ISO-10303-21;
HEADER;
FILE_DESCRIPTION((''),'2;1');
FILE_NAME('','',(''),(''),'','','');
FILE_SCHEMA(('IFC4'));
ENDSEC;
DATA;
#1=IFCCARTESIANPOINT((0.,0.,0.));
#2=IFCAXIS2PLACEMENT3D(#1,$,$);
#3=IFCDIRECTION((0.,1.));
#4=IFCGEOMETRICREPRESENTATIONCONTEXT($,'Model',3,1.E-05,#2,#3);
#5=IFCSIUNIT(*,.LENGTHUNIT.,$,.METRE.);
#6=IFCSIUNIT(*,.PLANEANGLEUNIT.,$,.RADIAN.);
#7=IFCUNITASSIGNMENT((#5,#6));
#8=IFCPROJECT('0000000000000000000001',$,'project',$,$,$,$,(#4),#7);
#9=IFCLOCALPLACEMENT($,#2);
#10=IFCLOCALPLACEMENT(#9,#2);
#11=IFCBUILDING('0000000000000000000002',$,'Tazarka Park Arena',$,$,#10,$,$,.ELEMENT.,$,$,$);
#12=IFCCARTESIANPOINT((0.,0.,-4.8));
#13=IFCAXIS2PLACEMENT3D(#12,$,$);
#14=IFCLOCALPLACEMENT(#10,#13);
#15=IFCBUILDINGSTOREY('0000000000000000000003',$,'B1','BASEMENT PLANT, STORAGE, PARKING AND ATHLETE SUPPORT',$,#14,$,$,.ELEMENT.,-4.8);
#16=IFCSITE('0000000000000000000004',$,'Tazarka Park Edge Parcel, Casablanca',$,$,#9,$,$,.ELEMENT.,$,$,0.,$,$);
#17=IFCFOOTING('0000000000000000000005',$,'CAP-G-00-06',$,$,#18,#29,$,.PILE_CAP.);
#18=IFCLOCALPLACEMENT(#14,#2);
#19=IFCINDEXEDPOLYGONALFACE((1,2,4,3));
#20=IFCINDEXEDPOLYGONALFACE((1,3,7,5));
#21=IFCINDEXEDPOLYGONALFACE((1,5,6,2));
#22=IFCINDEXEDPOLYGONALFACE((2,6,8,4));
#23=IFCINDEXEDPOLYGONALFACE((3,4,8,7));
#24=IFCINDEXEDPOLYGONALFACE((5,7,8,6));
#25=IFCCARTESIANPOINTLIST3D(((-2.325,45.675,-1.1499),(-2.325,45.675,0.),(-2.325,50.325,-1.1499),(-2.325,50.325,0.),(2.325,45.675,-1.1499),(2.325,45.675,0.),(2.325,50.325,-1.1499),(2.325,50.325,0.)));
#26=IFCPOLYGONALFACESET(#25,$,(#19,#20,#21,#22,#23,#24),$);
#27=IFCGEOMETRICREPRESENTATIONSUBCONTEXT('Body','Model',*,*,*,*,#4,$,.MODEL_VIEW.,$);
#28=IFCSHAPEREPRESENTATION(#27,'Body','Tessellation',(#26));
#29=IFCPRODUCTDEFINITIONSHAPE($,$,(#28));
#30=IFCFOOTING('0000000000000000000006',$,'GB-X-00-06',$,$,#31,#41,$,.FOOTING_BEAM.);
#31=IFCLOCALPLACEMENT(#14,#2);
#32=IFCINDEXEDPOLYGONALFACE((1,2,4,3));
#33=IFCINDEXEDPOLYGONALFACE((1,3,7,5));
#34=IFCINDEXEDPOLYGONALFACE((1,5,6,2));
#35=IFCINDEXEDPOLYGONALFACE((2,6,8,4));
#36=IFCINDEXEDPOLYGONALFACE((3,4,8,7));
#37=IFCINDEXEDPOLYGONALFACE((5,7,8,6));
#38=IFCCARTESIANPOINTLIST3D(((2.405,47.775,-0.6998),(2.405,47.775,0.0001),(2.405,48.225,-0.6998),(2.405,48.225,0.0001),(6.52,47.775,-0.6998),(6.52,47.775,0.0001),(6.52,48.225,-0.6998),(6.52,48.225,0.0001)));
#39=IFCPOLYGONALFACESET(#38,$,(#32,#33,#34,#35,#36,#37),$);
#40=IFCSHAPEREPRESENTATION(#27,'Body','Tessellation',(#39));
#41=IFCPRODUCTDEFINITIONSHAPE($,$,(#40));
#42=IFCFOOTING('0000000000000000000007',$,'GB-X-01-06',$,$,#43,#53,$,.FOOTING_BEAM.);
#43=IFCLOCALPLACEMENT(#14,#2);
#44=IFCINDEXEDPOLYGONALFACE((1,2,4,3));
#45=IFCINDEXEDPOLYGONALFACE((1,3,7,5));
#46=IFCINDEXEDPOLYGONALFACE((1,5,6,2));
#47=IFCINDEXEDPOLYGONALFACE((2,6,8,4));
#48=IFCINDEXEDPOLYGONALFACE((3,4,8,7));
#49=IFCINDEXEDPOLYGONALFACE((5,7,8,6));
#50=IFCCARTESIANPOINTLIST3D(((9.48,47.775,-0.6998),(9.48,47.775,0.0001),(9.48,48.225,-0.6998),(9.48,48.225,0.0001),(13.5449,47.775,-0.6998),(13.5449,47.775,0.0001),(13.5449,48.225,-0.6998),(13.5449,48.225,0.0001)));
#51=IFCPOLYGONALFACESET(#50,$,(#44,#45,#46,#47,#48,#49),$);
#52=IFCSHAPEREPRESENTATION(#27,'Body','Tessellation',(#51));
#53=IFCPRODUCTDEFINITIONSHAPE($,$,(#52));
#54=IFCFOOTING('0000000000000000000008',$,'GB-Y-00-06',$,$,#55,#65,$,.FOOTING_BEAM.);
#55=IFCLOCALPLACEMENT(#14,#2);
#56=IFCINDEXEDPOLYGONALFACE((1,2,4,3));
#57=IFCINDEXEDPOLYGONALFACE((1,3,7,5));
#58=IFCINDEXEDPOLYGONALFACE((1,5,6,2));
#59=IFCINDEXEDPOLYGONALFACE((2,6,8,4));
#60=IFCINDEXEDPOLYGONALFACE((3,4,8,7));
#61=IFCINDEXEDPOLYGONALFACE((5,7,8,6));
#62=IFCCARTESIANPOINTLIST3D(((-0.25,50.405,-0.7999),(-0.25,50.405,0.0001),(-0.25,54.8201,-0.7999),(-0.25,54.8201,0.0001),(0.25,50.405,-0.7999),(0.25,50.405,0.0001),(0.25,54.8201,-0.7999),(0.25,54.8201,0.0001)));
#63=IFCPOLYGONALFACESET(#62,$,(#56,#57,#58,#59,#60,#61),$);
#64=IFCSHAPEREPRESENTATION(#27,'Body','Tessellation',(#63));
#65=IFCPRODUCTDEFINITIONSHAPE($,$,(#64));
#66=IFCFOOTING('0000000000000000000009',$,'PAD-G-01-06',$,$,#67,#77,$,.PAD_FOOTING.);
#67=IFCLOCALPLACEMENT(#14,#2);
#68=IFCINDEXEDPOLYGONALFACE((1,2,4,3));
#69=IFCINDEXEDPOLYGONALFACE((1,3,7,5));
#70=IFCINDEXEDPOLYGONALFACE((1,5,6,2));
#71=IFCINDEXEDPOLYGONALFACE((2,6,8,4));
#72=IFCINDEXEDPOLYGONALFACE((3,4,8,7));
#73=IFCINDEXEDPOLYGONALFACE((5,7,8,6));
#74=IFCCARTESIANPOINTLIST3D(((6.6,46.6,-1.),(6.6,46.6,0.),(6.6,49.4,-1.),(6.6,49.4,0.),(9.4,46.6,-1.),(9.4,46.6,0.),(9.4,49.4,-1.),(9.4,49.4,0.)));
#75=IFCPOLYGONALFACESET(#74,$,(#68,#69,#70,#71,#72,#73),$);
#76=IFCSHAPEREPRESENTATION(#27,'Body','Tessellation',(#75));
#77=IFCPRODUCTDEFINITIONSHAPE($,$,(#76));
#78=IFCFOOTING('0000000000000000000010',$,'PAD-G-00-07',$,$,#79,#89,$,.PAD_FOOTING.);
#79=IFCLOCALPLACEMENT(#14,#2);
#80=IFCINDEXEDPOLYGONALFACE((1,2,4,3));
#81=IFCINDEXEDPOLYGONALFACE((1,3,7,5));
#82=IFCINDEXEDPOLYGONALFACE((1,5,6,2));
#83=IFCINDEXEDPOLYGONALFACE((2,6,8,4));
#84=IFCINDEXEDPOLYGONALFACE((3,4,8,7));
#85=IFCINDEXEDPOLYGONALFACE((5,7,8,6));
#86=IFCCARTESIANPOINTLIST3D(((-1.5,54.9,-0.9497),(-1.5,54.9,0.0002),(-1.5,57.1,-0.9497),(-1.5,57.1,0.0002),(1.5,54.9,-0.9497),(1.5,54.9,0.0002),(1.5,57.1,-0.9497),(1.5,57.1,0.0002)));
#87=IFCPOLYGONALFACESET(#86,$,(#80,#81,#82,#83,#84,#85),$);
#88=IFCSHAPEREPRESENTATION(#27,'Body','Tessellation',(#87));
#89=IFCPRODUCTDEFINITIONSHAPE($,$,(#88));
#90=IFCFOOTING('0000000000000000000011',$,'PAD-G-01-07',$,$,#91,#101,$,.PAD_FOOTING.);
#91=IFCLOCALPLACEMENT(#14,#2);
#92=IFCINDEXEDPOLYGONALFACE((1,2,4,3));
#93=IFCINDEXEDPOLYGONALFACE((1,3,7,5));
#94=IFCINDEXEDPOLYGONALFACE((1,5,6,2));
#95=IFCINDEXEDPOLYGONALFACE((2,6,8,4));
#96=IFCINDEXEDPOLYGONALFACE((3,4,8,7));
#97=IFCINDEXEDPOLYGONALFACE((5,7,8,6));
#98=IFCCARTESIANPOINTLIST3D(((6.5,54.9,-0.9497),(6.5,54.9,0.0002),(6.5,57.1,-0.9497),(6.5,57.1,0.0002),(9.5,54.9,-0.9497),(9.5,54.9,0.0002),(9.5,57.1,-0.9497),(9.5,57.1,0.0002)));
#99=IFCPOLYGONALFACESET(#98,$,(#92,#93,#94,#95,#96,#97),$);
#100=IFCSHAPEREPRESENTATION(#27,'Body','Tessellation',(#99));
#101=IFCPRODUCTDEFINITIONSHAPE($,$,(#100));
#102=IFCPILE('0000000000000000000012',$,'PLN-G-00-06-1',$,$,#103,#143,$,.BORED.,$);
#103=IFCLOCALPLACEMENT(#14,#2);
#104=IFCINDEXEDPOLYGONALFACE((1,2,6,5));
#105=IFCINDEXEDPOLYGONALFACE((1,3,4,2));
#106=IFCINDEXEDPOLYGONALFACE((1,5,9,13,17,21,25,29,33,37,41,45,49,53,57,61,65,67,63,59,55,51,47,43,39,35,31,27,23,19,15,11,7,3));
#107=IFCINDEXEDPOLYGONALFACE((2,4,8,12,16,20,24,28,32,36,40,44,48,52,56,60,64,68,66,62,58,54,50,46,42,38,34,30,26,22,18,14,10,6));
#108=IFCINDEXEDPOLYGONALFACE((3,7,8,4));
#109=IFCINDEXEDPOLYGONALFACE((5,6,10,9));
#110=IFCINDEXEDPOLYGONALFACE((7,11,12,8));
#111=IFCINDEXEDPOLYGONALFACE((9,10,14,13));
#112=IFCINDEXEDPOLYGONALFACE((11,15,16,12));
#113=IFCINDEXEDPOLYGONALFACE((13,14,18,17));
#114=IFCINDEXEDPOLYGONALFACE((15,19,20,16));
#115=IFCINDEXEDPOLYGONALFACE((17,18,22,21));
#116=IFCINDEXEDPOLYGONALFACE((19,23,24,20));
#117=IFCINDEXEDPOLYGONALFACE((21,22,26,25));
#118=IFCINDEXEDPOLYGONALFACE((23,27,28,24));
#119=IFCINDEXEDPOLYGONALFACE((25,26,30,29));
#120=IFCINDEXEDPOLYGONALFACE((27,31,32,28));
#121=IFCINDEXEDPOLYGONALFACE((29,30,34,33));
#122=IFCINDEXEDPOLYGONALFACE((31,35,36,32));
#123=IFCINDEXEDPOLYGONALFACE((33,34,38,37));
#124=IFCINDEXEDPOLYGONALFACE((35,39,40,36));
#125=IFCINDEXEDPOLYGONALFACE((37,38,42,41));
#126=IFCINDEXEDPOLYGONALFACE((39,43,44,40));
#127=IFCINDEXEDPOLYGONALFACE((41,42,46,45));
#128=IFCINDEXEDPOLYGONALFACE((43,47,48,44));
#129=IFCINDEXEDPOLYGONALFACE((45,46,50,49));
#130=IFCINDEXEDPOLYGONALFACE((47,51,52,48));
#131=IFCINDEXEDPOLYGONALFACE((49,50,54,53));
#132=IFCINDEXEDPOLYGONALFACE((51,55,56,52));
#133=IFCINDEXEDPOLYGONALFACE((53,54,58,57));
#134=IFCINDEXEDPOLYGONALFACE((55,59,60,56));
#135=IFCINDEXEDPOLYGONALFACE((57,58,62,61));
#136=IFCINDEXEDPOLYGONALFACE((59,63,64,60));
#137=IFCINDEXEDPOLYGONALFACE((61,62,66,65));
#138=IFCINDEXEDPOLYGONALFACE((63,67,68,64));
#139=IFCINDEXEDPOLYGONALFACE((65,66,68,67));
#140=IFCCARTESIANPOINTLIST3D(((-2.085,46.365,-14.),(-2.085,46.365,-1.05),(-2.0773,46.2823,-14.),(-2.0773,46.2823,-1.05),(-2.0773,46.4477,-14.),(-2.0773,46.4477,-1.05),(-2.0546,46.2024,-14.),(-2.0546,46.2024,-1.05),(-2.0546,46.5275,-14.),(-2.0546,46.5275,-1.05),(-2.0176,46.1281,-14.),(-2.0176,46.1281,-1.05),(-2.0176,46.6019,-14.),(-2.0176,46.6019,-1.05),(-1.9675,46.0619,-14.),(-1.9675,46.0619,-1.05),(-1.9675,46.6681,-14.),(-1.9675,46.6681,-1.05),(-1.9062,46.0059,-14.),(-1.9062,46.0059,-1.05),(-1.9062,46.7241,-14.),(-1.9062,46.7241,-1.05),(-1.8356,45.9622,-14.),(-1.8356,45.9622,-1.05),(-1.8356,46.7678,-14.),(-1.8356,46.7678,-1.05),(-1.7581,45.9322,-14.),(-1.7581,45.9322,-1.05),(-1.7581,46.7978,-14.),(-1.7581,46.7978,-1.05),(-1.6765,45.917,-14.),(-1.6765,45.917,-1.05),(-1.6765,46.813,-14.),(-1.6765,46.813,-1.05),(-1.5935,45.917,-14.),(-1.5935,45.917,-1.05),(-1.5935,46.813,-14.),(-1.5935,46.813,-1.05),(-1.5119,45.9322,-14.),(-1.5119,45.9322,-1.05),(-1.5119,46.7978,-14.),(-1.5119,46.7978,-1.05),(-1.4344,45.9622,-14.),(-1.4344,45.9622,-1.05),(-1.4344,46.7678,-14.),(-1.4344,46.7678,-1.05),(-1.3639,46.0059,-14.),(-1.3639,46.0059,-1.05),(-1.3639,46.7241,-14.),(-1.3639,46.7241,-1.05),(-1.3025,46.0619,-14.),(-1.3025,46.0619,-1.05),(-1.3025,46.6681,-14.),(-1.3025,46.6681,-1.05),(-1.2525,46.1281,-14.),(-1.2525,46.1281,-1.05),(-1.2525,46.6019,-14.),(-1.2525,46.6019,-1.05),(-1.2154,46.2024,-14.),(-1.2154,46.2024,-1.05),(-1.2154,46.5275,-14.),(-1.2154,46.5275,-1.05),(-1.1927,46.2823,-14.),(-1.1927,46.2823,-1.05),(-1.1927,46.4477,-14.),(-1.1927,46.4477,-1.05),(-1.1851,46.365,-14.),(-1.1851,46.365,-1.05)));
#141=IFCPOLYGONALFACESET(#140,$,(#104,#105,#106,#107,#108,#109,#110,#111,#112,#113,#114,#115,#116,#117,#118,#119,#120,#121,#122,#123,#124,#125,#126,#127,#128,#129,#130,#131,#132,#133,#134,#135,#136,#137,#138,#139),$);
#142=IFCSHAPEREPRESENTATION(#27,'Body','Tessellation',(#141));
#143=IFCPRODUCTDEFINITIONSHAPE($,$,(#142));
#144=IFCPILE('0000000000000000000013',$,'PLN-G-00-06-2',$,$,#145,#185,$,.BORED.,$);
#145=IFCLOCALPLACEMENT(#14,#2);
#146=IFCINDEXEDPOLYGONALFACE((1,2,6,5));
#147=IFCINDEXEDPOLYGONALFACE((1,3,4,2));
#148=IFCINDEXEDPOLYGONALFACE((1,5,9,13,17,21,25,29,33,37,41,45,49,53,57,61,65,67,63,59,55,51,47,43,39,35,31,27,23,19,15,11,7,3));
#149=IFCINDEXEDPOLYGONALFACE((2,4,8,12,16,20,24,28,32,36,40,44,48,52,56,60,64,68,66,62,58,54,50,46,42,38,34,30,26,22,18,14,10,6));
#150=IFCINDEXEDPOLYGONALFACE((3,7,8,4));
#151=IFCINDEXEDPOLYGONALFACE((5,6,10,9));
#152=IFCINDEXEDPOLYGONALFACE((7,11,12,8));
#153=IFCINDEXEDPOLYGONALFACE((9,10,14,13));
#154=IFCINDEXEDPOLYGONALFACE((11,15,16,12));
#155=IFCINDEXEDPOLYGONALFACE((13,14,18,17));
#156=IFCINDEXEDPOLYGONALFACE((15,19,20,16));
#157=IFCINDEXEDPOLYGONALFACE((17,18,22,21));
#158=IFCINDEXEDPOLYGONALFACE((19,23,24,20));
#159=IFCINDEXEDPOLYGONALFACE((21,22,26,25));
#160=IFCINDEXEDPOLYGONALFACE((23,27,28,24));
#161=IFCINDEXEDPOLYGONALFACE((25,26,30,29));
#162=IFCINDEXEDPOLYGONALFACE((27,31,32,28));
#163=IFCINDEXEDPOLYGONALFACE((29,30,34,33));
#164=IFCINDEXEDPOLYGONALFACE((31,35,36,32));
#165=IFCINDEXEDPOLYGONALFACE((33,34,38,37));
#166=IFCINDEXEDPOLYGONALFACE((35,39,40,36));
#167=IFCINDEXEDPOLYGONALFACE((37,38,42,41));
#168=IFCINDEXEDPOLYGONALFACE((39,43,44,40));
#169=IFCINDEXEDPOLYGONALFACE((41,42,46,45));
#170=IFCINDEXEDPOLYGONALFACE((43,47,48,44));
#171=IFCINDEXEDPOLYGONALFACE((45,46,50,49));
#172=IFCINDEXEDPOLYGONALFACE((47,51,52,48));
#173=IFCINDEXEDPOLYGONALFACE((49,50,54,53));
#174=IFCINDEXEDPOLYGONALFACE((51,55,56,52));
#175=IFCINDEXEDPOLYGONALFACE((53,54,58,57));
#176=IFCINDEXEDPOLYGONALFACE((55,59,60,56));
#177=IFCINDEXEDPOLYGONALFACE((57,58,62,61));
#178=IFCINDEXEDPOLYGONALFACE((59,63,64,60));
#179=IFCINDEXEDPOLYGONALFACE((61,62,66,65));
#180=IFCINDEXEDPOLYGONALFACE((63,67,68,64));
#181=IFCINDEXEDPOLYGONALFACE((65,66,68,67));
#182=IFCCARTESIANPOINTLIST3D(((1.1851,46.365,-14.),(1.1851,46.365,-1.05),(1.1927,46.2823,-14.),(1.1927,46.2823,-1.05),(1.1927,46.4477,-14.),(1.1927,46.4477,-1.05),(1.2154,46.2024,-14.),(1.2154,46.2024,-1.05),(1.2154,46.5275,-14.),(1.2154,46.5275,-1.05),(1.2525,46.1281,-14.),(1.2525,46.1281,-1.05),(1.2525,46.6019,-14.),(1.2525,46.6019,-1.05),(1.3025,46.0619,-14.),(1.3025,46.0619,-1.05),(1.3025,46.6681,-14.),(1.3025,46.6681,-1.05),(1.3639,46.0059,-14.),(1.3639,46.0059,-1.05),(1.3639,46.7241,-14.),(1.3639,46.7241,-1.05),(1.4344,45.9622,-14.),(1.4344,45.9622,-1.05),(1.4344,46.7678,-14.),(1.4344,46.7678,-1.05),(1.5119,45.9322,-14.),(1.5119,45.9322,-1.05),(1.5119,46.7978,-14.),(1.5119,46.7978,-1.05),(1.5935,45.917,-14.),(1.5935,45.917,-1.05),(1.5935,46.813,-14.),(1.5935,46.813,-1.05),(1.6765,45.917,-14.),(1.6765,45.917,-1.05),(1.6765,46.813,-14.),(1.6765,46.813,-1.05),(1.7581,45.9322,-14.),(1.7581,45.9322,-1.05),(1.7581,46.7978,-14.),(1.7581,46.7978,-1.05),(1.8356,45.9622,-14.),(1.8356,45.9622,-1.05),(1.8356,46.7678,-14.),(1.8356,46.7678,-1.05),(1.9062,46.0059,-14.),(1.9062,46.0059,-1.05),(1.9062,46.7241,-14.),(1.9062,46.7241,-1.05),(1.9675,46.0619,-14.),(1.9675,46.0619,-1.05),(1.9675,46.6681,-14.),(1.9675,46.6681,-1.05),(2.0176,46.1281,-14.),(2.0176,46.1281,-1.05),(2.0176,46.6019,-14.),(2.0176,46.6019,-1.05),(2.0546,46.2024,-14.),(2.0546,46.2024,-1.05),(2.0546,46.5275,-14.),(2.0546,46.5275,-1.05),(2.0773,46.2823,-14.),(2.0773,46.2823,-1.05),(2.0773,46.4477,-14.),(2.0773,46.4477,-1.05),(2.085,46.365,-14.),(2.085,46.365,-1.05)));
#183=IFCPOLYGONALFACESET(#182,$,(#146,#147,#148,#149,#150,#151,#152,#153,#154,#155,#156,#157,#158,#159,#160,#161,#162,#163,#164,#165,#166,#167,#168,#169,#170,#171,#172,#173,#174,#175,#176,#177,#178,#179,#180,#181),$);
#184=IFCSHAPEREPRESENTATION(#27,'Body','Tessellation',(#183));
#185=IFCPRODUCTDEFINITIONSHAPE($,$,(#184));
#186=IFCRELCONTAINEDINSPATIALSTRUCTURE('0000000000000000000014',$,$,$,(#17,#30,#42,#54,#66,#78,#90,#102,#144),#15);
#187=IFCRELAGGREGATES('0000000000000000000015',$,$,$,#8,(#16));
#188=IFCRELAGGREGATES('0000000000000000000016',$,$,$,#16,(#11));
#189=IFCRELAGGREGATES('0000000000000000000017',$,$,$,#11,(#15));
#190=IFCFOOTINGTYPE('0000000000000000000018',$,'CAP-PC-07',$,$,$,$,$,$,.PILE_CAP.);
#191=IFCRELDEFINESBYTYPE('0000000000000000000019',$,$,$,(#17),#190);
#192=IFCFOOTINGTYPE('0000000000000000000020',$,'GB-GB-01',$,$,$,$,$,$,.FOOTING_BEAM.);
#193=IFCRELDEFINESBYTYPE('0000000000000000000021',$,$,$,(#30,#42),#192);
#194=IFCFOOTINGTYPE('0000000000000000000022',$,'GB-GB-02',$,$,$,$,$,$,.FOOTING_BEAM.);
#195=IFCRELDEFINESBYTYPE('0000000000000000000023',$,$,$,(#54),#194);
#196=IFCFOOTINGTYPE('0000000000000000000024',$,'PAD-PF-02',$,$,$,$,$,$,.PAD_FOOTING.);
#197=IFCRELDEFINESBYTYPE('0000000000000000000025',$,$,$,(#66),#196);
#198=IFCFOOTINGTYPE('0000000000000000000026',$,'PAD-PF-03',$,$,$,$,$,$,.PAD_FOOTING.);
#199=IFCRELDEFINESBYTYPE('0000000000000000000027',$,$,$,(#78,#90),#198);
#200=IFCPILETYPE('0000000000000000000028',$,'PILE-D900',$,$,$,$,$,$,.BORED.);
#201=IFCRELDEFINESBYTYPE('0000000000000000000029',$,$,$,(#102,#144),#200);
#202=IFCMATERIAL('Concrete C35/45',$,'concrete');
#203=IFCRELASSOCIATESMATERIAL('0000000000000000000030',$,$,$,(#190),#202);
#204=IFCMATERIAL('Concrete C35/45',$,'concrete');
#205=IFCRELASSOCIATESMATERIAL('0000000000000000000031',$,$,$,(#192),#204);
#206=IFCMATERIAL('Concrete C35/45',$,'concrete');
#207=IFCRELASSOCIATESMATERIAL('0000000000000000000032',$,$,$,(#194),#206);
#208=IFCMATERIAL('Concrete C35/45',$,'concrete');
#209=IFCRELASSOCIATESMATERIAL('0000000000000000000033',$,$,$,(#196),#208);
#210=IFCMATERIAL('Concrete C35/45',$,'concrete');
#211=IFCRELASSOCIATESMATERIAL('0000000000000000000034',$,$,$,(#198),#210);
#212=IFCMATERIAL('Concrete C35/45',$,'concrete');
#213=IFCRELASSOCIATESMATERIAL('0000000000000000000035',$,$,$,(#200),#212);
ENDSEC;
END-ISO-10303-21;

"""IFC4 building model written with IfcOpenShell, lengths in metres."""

from ifc_helpers import new_model, si_unit, direction, frame, origin, origin_2d, place, context, subcontext, project, spatial, rectangle, circle, extrude, material, material_profile, profile_set, type_object, element, save


model = new_model("IFC4")

# Units and contexts
model_context = context("Model", 3, precision=1e-05, world=origin(), true_north=direction((0.0, 1.0)))
body_context = subcontext(model_context, "Body", "Model", "MODEL_VIEW")
ifc_project = project(units=[si_unit("LENGTHUNIT", "METRE"), si_unit("PLANEANGLEUNIT", "RADIAN")], contexts=[model_context])

# Site, building, storey
site_placement = place(None, origin())
site = spatial("IfcSite", under=ifc_project, at=site_placement, Name="Tazarka Park Edge Parcel, Casablanca", CompositionType="ELEMENT", RefElevation=0.0)
building_placement = place(site_placement, origin())
building = spatial("IfcBuilding", under=site, at=building_placement, Name="Tazarka Park Arena", CompositionType="ELEMENT")
storey_placement = place(building_placement, frame((0.0, 0.0, -4.8)))
storey = spatial("IfcBuildingStorey", under=building, at=storey_placement, Name="B1", Description="BASEMENT PLANT, STORAGE, PARKING AND ATHLETE SUPPORT", CompositionType="ELEMENT", Elevation=-4.8)

# Footings
ifc_material_1 = material(Name="Concrete C35/45", Category="concrete")
footing_type_1 = type_object("IfcFootingType", Name="CAP-PC-07", PredefinedType="PILE_CAP", material=ifc_material_1)
footing_1_placement = place(storey_placement, frame((0.0, 48.0, -1.1499), z_axis=(0.0, 0.0, 1.0), x_axis=(1.0, 0.0, 0.0)))
element("IfcFooting", 1, at=footing_1_placement, inside=storey, type_object=footing_type_1, Name="CAP-G-00-06", PredefinedType="PILE_CAP", context=body_context, shape_type="SweptSolid", body=[
    extrude(rectangle(XDim=4.6499, YDim=4.6499, at=origin_2d()), origin(), (0.0, 0.0, 1.0), 1.1499),
])
ifc_material_2 = material(Name="Concrete C35/45", Category="concrete")
ifc_material_profile_1 = material_profile(ifc_material_2, rectangle(XDim=0.45, YDim=0.7, at=origin_2d()), Name="Concrete C35/45")
ifc_profile_set_1 = profile_set([ifc_material_profile_1], Name="Concrete C35/45")
footing_type_2 = type_object("IfcFootingType", Name="GB-GB-01", PredefinedType="FOOTING_BEAM", material=ifc_profile_set_1)
footing_2_placement = place(storey_placement, frame((2.405, 48.0, -0.3499), z_axis=(1.0, 0.0, 0.0), x_axis=(0.0, 1.0, 0.0)))
element("IfcFooting", 2, at=footing_2_placement, inside=storey, type_object=footing_type_2, Name="GB-X-00-06", PredefinedType="FOOTING_BEAM", context=body_context, shape_type="SweptSolid", body=[
    extrude(rectangle(XDim=0.45, YDim=0.7, at=origin_2d()), origin(), (0.0, 0.0, 1.0), 4.115),
])
footing_3_placement = place(storey_placement, frame((9.48, 48.0, -0.3499), z_axis=(1.0, 0.0, 0.0), x_axis=(0.0, 1.0, 0.0)))
element("IfcFooting", 3, at=footing_3_placement, inside=storey, type_object=footing_type_2, Name="GB-X-01-06", PredefinedType="FOOTING_BEAM", context=body_context, shape_type="SweptSolid", body=[
    extrude(rectangle(XDim=0.45, YDim=0.7, at=origin_2d()), origin(), (0.0, 0.0, 1.0), 4.0649),
])
ifc_material_3 = material(Name="Concrete C35/45", Category="concrete")
ifc_material_profile_2 = material_profile(ifc_material_3, rectangle(XDim=0.5, YDim=0.8, at=origin_2d()), Name="Concrete C35/45")
ifc_profile_set_2 = profile_set([ifc_material_profile_2], Name="Concrete C35/45")
footing_type_3 = type_object("IfcFootingType", Name="GB-GB-02", PredefinedType="FOOTING_BEAM", material=ifc_profile_set_2)
footing_4_placement = place(storey_placement, frame((0.0, 50.405, -0.3999), z_axis=(0.0, 1.0, 0.0), x_axis=(-1.0, 0.0, 0.0)))
element("IfcFooting", 4, at=footing_4_placement, inside=storey, type_object=footing_type_3, Name="GB-Y-00-06", PredefinedType="FOOTING_BEAM", context=body_context, shape_type="SweptSolid", body=[
    extrude(rectangle(XDim=0.5, YDim=0.8, at=origin_2d()), origin(), (0.0, 0.0, 1.0), 4.415),
])
ifc_material_4 = material(Name="Concrete C35/45", Category="concrete")
footing_type_4 = type_object("IfcFootingType", Name="PAD-PF-02", PredefinedType="PAD_FOOTING", material=ifc_material_4)
footing_5_placement = place(storey_placement, frame((8.0, 48.0, -1.0), z_axis=(0.0, 0.0, 1.0), x_axis=(1.0, 0.0, 0.0)))
element("IfcFooting", 5, at=footing_5_placement, inside=storey, type_object=footing_type_4, Name="PAD-G-01-06", PredefinedType="PAD_FOOTING", context=body_context, shape_type="SweptSolid", body=[
    extrude(rectangle(XDim=2.8, YDim=2.8, at=origin_2d()), origin(), (0.0, 0.0, 1.0), 1.0),
])
ifc_material_5 = material(Name="Concrete C35/45", Category="concrete")
footing_type_5 = type_object("IfcFootingType", Name="PAD-PF-03", PredefinedType="PAD_FOOTING", material=ifc_material_5)
for number, where, z_axis, x_axis, name in (
    (6, (0.0, 56.0, -0.9497), (0.0, 0.0, 1.0), (1.0, 0.0, 0.0), "PAD-G-00-07"),
    (7, (8.0, 56.0, -0.9497), (0.0, 0.0, 1.0), (1.0, 0.0, 0.0), "PAD-G-01-07"),
):
    element("IfcFooting", number, at=place(storey_placement, frame(where, z_axis=z_axis, x_axis=x_axis)), inside=storey, type_object=footing_type_5, Name=name, PredefinedType="PAD_FOOTING", context=body_context, shape_type="SweptSolid", body=[
        extrude(rectangle(XDim=3.0, YDim=2.2, at=origin_2d()), origin(), (0.0, 0.0, 1.0), 0.95),
    ])

# Piles
ifc_material_6 = material(Name="Concrete C35/45", Category="concrete")
ifc_material_profile_3 = material_profile(ifc_material_6, circle(Radius=0.45, at=origin_2d()), Name="Concrete C35/45")
ifc_profile_set_3 = profile_set([ifc_material_profile_3], Name="Concrete C35/45")
pile_type = type_object("IfcPileType", Name="PILE-D900", PredefinedType="BORED", material=ifc_profile_set_3)
for number, where, z_axis, x_axis, name in (
    (8, (-1.635, 46.365, -1.05), (0.0, 0.0, -1.0), (1.0, 0.0, 0.0), "PLN-G-00-06-1"),
    (9, (1.635, 46.365, -1.05), (0.0, 0.0, -1.0), (1.0, 0.0, 0.0), "PLN-G-00-06-2"),
):
    element("IfcPile", number, at=place(storey_placement, frame(where, z_axis=z_axis, x_axis=x_axis)), inside=storey, type_object=pile_type, Name=name, PredefinedType="BORED", context=body_context, shape_type="SweptSolid", body=[
        extrude(circle(Radius=0.45, at=origin_2d()), origin(), (0.0, 0.0, 1.0), 12.95),
    ])

save(model, "model.ifc")
